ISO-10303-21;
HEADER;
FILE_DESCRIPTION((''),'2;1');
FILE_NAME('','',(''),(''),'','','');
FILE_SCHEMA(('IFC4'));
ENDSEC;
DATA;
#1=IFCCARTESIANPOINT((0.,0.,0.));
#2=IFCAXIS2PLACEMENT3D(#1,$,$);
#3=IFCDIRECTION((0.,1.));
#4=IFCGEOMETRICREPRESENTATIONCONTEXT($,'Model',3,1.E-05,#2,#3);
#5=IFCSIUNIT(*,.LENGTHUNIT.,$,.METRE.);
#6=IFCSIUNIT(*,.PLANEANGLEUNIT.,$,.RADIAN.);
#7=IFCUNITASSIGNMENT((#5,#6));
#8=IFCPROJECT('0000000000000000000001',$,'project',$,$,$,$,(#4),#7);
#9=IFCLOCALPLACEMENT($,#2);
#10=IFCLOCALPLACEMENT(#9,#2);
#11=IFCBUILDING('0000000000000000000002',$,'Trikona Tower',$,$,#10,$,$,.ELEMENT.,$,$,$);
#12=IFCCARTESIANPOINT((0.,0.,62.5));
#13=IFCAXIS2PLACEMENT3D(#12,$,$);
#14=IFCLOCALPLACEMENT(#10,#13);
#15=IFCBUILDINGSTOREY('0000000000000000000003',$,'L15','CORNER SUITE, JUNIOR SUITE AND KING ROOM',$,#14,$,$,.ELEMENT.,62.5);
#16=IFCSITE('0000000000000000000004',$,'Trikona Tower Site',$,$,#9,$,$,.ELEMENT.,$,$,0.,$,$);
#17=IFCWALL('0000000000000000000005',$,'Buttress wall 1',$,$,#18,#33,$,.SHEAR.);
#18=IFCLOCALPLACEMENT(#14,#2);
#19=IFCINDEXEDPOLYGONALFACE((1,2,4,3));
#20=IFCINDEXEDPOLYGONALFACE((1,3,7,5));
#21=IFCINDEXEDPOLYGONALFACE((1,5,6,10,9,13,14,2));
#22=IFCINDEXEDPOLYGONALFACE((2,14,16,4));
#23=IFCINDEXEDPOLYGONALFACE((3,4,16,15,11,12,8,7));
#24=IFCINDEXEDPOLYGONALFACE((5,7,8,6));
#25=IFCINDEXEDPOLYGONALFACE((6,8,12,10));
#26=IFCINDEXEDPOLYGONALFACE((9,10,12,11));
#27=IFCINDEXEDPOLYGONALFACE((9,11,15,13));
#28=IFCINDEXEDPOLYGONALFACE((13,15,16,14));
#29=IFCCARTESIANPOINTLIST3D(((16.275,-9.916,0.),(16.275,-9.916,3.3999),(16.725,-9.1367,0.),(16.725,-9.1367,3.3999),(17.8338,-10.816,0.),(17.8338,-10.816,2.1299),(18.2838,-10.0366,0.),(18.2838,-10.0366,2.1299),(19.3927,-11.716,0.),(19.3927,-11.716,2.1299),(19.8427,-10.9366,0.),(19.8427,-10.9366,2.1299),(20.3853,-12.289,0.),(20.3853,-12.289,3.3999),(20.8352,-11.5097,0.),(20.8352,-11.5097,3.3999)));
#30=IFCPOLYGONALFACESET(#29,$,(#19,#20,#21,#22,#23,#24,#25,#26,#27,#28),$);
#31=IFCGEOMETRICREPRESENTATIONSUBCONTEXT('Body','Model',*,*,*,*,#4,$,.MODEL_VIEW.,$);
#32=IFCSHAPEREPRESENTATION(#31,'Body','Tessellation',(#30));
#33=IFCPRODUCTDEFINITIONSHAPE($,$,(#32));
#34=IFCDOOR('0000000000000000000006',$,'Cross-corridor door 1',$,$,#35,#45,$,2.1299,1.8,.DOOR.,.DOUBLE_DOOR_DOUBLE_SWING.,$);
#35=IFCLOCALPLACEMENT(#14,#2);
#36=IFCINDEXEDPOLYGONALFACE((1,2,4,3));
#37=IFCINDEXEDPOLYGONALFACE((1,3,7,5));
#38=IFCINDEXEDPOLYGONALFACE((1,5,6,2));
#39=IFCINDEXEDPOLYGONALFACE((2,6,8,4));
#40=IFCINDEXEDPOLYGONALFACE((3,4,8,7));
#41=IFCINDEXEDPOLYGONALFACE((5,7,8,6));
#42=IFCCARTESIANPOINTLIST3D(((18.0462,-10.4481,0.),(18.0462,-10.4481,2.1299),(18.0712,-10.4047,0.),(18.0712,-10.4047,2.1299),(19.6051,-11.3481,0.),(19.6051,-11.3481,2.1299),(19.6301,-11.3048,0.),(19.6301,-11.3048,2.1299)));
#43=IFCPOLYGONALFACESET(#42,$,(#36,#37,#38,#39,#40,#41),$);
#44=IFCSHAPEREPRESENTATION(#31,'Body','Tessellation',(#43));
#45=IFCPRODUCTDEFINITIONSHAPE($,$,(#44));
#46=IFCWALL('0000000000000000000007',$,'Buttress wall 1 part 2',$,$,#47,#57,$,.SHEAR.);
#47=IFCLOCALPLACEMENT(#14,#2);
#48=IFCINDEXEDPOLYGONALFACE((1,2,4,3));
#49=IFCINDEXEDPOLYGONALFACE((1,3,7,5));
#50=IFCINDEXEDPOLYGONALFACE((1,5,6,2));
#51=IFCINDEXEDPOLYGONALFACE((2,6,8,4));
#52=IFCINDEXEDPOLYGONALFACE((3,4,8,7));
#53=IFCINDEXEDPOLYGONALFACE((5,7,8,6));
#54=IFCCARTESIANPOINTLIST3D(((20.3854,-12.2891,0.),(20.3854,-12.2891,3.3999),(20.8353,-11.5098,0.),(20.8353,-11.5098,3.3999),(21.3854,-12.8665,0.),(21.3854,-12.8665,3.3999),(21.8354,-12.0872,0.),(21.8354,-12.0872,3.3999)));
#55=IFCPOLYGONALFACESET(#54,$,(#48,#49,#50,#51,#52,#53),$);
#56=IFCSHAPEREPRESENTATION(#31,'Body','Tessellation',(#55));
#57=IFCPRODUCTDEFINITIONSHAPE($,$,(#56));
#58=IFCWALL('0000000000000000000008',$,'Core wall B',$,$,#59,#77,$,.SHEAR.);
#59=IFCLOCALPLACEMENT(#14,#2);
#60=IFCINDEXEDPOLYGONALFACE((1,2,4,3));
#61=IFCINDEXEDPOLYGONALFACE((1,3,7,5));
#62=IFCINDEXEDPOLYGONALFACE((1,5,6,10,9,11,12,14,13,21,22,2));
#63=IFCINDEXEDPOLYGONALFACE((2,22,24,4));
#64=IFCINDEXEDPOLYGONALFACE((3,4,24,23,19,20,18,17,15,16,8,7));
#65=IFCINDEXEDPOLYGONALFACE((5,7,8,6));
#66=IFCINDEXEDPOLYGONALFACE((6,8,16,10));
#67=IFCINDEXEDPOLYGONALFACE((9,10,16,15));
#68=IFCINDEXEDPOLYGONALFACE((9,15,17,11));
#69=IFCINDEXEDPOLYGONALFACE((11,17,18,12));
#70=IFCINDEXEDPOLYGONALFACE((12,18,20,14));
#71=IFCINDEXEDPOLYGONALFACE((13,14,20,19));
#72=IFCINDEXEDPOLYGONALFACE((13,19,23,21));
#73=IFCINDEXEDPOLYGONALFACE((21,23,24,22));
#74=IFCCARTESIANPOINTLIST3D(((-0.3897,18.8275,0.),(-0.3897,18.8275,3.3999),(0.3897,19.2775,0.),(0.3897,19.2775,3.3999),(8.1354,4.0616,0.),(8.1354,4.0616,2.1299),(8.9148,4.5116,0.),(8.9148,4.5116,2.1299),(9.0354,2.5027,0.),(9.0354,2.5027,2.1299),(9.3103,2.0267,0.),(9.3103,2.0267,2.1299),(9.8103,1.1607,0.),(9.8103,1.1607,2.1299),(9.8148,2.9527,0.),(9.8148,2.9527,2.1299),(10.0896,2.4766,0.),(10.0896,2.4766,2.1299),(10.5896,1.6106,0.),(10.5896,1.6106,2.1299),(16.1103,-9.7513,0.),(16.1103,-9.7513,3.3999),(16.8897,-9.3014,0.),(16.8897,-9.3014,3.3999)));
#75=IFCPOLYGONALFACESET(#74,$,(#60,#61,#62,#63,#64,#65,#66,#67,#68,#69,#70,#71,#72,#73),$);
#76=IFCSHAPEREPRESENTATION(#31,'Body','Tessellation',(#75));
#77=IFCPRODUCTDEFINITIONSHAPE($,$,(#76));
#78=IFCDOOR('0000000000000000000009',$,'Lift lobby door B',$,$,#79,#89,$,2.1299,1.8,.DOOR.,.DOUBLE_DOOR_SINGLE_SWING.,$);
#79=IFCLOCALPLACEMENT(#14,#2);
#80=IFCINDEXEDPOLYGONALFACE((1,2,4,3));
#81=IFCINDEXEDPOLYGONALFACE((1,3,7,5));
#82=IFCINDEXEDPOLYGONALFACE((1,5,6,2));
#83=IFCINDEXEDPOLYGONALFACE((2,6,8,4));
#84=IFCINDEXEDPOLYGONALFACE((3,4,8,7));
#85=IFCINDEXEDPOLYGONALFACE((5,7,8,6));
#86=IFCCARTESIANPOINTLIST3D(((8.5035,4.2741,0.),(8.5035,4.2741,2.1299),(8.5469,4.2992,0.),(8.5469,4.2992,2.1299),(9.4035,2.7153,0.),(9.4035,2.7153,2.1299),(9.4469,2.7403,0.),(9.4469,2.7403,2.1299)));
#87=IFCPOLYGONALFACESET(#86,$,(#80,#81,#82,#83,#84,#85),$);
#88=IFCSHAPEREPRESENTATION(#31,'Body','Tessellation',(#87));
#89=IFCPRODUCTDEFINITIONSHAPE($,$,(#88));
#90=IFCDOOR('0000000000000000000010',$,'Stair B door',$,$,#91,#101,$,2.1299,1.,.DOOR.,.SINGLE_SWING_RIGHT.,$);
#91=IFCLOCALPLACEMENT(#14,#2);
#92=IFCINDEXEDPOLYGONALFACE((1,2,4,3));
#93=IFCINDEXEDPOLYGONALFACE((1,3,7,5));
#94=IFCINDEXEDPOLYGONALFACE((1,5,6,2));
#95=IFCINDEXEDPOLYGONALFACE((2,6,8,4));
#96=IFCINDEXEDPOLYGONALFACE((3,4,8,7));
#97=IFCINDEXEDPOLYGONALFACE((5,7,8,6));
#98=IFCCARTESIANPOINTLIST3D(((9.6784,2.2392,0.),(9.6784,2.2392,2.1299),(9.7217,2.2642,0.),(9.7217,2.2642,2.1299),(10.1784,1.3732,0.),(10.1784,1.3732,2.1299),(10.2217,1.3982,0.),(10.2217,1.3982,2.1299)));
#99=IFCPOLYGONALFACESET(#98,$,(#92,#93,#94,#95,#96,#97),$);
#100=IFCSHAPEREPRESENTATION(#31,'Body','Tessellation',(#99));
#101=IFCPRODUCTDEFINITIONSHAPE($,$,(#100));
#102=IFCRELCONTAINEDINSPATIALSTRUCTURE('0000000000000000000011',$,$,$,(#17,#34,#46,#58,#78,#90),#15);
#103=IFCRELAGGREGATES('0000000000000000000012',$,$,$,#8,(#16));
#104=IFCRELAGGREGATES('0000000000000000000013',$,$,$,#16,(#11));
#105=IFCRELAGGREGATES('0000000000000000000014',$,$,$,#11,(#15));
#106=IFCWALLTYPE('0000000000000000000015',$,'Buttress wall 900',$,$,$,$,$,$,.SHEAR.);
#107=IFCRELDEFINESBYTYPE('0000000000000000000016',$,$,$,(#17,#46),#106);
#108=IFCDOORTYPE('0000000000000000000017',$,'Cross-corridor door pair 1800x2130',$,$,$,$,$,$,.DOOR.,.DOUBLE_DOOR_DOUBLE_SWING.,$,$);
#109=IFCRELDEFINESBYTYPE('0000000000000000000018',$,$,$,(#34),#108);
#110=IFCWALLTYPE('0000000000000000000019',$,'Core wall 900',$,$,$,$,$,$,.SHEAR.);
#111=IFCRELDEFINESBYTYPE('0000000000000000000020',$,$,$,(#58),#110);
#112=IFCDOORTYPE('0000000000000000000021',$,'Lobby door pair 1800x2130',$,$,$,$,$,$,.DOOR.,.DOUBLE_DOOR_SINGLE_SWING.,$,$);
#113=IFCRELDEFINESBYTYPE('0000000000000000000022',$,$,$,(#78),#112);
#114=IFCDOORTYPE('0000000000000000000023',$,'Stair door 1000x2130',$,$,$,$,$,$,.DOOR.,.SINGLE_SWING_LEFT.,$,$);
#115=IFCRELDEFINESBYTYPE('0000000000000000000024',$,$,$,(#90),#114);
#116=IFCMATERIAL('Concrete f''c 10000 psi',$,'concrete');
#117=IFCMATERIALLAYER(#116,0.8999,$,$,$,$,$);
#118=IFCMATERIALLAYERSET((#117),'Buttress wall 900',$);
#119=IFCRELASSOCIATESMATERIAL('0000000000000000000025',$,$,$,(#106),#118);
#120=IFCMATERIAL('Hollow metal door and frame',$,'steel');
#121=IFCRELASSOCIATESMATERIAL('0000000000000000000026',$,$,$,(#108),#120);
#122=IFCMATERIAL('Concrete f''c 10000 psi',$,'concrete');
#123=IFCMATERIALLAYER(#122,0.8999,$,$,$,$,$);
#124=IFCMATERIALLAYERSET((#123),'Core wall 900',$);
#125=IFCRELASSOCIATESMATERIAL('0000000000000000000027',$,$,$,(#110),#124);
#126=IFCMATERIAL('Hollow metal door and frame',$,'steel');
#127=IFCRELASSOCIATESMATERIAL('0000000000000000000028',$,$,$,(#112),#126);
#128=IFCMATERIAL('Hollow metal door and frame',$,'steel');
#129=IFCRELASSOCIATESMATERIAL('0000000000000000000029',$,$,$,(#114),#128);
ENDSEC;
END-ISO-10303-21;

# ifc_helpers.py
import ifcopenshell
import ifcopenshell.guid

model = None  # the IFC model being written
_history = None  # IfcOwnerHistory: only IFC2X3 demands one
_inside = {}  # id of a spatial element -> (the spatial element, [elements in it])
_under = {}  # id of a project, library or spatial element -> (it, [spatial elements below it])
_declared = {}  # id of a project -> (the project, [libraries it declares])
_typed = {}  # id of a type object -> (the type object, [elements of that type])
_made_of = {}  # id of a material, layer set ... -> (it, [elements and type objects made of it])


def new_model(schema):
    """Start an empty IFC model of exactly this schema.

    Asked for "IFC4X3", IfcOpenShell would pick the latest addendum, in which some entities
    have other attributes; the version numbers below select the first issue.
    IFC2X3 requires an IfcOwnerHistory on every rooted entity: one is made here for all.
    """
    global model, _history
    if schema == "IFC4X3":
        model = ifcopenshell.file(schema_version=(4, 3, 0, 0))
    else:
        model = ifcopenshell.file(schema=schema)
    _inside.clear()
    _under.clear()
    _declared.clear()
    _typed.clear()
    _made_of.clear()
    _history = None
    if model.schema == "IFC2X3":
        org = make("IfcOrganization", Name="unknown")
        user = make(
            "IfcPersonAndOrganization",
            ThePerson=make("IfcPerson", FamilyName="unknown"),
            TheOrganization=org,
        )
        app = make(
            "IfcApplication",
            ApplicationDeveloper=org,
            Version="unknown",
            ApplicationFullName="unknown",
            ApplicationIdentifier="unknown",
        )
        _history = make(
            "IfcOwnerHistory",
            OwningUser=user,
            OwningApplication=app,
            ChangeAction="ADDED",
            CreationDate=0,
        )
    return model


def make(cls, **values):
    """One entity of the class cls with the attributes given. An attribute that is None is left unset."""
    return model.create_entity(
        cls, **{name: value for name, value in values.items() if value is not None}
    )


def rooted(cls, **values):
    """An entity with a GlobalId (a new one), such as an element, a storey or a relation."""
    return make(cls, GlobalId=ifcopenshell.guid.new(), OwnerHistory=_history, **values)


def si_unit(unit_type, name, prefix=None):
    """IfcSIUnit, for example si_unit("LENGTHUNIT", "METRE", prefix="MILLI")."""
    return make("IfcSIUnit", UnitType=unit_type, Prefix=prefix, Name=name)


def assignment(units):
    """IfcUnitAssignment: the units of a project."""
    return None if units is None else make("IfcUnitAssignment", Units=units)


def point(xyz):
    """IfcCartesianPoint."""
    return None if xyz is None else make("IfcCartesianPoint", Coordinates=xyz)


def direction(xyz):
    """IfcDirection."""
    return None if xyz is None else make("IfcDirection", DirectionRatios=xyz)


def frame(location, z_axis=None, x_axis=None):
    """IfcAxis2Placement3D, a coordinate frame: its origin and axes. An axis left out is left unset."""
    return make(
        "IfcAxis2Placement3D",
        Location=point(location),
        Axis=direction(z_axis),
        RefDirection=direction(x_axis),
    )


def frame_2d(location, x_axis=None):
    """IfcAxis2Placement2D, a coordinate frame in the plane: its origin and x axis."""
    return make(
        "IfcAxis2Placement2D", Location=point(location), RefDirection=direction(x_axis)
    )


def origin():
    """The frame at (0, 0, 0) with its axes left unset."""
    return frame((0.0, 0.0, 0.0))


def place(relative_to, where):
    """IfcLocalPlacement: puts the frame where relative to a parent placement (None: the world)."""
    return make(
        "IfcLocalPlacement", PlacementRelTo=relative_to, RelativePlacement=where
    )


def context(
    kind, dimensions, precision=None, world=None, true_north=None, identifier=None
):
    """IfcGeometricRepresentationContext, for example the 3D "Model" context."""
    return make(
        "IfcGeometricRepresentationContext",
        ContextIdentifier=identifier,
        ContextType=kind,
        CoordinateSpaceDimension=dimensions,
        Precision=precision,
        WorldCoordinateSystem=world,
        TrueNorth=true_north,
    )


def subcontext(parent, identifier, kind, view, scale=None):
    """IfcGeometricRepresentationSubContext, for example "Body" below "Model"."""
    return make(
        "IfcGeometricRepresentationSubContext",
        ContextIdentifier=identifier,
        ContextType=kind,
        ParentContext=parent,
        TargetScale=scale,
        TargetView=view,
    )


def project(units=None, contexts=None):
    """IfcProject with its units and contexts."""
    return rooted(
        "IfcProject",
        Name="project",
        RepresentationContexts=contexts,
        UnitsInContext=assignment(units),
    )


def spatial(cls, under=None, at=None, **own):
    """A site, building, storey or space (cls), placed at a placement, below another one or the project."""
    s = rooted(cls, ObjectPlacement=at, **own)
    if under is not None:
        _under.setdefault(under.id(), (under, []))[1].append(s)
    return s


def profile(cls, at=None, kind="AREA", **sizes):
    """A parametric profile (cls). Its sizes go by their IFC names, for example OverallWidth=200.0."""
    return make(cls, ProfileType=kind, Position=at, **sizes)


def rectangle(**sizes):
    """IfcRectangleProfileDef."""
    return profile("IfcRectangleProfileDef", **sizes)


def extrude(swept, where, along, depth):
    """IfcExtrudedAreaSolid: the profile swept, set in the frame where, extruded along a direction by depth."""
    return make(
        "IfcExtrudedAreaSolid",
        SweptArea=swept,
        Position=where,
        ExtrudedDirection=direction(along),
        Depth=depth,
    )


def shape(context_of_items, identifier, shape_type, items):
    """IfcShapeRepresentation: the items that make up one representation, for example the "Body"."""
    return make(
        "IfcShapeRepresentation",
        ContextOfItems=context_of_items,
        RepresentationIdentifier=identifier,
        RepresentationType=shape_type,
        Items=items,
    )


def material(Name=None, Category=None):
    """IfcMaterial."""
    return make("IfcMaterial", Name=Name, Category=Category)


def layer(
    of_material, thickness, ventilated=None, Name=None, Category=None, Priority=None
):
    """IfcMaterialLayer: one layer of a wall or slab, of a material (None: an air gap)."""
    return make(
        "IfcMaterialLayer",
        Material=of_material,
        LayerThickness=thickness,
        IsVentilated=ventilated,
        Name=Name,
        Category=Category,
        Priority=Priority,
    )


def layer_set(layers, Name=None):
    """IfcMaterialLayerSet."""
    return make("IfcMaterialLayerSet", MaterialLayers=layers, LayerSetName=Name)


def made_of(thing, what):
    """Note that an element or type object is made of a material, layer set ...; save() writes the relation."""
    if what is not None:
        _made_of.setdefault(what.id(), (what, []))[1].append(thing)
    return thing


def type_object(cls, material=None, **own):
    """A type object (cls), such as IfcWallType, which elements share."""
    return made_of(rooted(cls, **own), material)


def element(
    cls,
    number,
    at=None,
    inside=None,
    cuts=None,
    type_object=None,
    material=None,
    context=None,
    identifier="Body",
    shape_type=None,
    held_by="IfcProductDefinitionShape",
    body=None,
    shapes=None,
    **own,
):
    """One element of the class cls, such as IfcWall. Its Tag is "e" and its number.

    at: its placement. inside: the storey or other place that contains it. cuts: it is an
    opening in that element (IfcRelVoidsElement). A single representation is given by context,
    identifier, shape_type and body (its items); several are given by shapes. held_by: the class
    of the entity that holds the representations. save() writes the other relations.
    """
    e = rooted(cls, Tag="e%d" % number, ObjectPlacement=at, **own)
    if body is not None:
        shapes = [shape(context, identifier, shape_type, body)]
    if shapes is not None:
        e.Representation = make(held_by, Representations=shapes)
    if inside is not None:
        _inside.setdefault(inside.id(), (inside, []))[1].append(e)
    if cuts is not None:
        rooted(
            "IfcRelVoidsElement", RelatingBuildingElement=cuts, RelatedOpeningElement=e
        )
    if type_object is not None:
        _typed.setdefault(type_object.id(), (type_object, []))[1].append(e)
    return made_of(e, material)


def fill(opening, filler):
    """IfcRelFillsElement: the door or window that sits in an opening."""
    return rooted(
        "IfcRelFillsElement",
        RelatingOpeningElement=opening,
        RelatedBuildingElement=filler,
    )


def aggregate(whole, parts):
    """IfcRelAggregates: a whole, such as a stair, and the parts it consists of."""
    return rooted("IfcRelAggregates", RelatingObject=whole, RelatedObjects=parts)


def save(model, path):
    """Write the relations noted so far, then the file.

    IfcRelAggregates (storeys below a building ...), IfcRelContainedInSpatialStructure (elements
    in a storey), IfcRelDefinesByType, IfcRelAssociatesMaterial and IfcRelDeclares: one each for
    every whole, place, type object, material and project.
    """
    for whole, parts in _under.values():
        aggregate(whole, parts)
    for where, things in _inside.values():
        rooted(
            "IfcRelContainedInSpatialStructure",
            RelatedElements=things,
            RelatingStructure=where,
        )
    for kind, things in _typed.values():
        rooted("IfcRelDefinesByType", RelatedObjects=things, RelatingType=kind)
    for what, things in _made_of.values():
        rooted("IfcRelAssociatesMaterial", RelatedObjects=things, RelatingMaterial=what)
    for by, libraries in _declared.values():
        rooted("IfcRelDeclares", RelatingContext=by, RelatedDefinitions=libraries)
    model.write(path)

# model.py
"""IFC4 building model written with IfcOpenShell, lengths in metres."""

from ifc_helpers import new_model, si_unit, direction, frame, frame_2d, origin, place, context, subcontext, project, spatial, rectangle, extrude, material, layer, layer_set, type_object, element, fill, save


model = new_model("IFC4")

# Units and contexts
model_context = context("Model", 3, precision=1e-05, world=origin(), true_north=direction((0.0, 1.0)))
body_context = subcontext(model_context, "Body", "Model", "MODEL_VIEW")
ifc_project = project(units=[si_unit("LENGTHUNIT", "METRE"), si_unit("PLANEANGLEUNIT", "RADIAN")], contexts=[model_context])

# Site, building, storey
site_placement = place(None, origin())
site = spatial("IfcSite", under=ifc_project, at=site_placement, Name="Trikona Tower Site", CompositionType="ELEMENT", RefElevation=0.0)
building_placement = place(site_placement, origin())
building = spatial("IfcBuilding", under=site, at=building_placement, Name="Trikona Tower", CompositionType="ELEMENT")
storey_placement = place(building_placement, frame((0.0, 0.0, 62.5)))
storey = spatial("IfcBuildingStorey", under=building, at=storey_placement, Name="L15", Description="CORNER SUITE, JUNIOR SUITE AND KING ROOM", CompositionType="ELEMENT", Elevation=62.5)

# Wall, opening, door
ifc_material_1 = material(Name="Concrete f'c 10000 psi", Category="concrete")
ifc_layer_1 = layer(ifc_material_1, 0.8999)
ifc_layer_set_1 = layer_set([ifc_layer_1], Name="Buttress wall 900")
wall_type_1 = type_object("IfcWallType", Name="Buttress wall 900", PredefinedType="SHEAR", material=ifc_layer_set_1)
wall_1_placement = place(storey_placement, frame((16.5, -9.5264, 0.0), z_axis=(0.0, 0.0, 1.0), x_axis=(0.866031, -0.49999, 0.0)))
wall_1 = element("IfcWall", 1, at=wall_1_placement, inside=storey, type_object=wall_type_1, Name="Buttress wall 1", PredefinedType="SHEAR", context=body_context, shape_type="SweptSolid", body=[
    extrude(rectangle(XDim=4.7461, YDim=0.8999, at=frame_2d((2.373, 0.0))), origin(), (0.0, 0.0, 1.0), 3.3999),
])
opening_1_placement = place(wall_1_placement, frame((1.8, 0.0, 0.0)))
opening_1 = element("IfcOpeningElement", 2, at=opening_1_placement, cuts=wall_1, PredefinedType="OPENING", context=body_context, shape_type="SweptSolid", body=[
    extrude(rectangle(XDim=1.8, YDim=2.1299, at=frame_2d((0.8999, 1.0649))), frame((0.0, 0.46, 0.0), z_axis=(0.0, -1.0, 0.0), x_axis=(1.0, 0.0, 0.0)), (0.0, 0.0, 1.0), 0.9199),
])
ifc_material_2 = material(Name="Hollow metal door and frame", Category="steel")
door_type_1 = type_object("IfcDoorType", Name="Cross-corridor door pair 1800x2130", OperationType="DOUBLE_DOOR_DOUBLE_SWING", PredefinedType="DOOR", material=ifc_material_2)
door_1_placement = place(opening_1_placement, origin())
door_1 = element("IfcDoor", 3, at=door_1_placement, inside=storey, type_object=door_type_1, Name="Cross-corridor door 1", OperationType="DOUBLE_DOOR_DOUBLE_SWING", OverallHeight=2.1299, OverallWidth=1.8, PredefinedType="DOOR", context=body_context, shape_type="SweptSolid", body=[
    extrude(rectangle(XDim=1.8, YDim=2.1299, at=frame_2d((0.8999, 1.0649))), frame((0.0, 0.0249, 0.0), z_axis=(0.0, -1.0, 0.0), x_axis=(1.0, 0.0, 0.0)), (0.0, 0.0, 1.0), 0.05),
])
fill(opening_1, door_1)

# Wall
wall_2_placement = place(storey_placement, frame((20.6104, -11.8994, 0.0), z_axis=(0.0, 0.0, 1.0), x_axis=(0.86601, -0.500027, 0.0)))
element("IfcWall", 4, at=wall_2_placement, inside=storey, type_object=wall_type_1, Name="Buttress wall 1 part 2", PredefinedType="SHEAR", context=body_context, shape_type="SweptSolid", body=[
    extrude(rectangle(XDim=1.1548, YDim=0.8999, at=frame_2d((0.5774, 0.0))), origin(), (0.0, 0.0, 1.0), 3.3999),
])

# Wall, openings, doors
ifc_material_3 = material(Name="Concrete f'c 10000 psi", Category="concrete")
ifc_layer_2 = layer(ifc_material_3, 0.8999)
ifc_layer_set_2 = layer_set([ifc_layer_2], Name="Core wall 900")
wall_type_2 = type_object("IfcWallType", Name="Core wall 900", PredefinedType="SHEAR", material=ifc_layer_set_2)
wall_3_placement = place(storey_placement, frame((16.5, -9.5264, 0.0), z_axis=(0.0, 0.0, 1.0), x_axis=(-0.5, 0.866026, 0.0)))
wall_3 = element("IfcWall", 5, at=wall_3_placement, inside=storey, type_object=wall_type_2, Name="Core wall B", PredefinedType="SHEAR", context=body_context, shape_type="SweptSolid", body=[
    extrude(rectangle(XDim=33.0, YDim=0.8999, at=frame_2d((16.5, 0.0))), origin(), (0.0, 0.0, 1.0), 3.3999),
])
opening_2_placement = place(wall_3_placement, frame((14.1499, 0.0, 0.0)))
opening_2 = element("IfcOpeningElement", 6, at=opening_2_placement, cuts=wall_3, PredefinedType="OPENING", context=body_context, shape_type="SweptSolid", body=[
    extrude(rectangle(XDim=1.8, YDim=2.1299, at=frame_2d((0.8999, 1.0649))), frame((0.0, 0.46, 0.0), z_axis=(0.0, -1.0, 0.0), x_axis=(1.0, 0.0, 0.0)), (0.0, 0.0, 1.0), 0.9199),
])
opening_3_placement = place(wall_3_placement, frame((12.6001, 0.0, 0.0)))
opening_3 = element("IfcOpeningElement", 7, at=opening_3_placement, cuts=wall_3, PredefinedType="OPENING", context=body_context, shape_type="SweptSolid", body=[
    extrude(rectangle(XDim=1.0, YDim=2.1299, at=frame_2d((0.5, 1.0649))), frame((0.0, 0.46, 0.0), z_axis=(0.0, -1.0, 0.0), x_axis=(1.0, 0.0, 0.0)), (0.0, 0.0, 1.0), 0.9199),
])
ifc_material_4 = material(Name="Hollow metal door and frame", Category="steel")
door_type_2 = type_object("IfcDoorType", Name="Lobby door pair 1800x2130", OperationType="DOUBLE_DOOR_SINGLE_SWING", PredefinedType="DOOR", material=ifc_material_4)
door_2_placement = place(opening_2_placement, origin())
door_2 = element("IfcDoor", 8, at=door_2_placement, inside=storey, type_object=door_type_2, Name="Lift lobby door B", OperationType="DOUBLE_DOOR_SINGLE_SWING", OverallHeight=2.1299, OverallWidth=1.8, PredefinedType="DOOR", context=body_context, shape_type="SweptSolid", body=[
    extrude(rectangle(XDim=1.8, YDim=2.1299, at=frame_2d((0.8999, 1.0649))), frame((0.0, 0.0249, 0.0), z_axis=(0.0, -1.0, 0.0), x_axis=(1.0, 0.0, 0.0)), (0.0, 0.0, 1.0), 0.05),
])
fill(opening_2, door_2)
ifc_material_5 = material(Name="Hollow metal door and frame", Category="steel")
door_type_3 = type_object("IfcDoorType", Name="Stair door 1000x2130", OperationType="SINGLE_SWING_LEFT", PredefinedType="DOOR", material=ifc_material_5)
door_3_placement = place(opening_3_placement, origin())
door_3 = element("IfcDoor", 9, at=door_3_placement, inside=storey, type_object=door_type_3, Name="Stair B door", OperationType="SINGLE_SWING_RIGHT", OverallHeight=2.1299, OverallWidth=1.0, PredefinedType="DOOR", context=body_context, shape_type="SweptSolid", body=[
    extrude(rectangle(XDim=1.0, YDim=2.1299, at=frame_2d((0.5, 1.0649))), frame((0.0, 0.0249, 0.0), z_axis=(0.0, -1.0, 0.0), x_axis=(1.0, 0.0, 0.0)), (0.0, 0.0, 1.0), 0.05),
])
fill(opening_3, door_3)

save(model, "model.ifc")
